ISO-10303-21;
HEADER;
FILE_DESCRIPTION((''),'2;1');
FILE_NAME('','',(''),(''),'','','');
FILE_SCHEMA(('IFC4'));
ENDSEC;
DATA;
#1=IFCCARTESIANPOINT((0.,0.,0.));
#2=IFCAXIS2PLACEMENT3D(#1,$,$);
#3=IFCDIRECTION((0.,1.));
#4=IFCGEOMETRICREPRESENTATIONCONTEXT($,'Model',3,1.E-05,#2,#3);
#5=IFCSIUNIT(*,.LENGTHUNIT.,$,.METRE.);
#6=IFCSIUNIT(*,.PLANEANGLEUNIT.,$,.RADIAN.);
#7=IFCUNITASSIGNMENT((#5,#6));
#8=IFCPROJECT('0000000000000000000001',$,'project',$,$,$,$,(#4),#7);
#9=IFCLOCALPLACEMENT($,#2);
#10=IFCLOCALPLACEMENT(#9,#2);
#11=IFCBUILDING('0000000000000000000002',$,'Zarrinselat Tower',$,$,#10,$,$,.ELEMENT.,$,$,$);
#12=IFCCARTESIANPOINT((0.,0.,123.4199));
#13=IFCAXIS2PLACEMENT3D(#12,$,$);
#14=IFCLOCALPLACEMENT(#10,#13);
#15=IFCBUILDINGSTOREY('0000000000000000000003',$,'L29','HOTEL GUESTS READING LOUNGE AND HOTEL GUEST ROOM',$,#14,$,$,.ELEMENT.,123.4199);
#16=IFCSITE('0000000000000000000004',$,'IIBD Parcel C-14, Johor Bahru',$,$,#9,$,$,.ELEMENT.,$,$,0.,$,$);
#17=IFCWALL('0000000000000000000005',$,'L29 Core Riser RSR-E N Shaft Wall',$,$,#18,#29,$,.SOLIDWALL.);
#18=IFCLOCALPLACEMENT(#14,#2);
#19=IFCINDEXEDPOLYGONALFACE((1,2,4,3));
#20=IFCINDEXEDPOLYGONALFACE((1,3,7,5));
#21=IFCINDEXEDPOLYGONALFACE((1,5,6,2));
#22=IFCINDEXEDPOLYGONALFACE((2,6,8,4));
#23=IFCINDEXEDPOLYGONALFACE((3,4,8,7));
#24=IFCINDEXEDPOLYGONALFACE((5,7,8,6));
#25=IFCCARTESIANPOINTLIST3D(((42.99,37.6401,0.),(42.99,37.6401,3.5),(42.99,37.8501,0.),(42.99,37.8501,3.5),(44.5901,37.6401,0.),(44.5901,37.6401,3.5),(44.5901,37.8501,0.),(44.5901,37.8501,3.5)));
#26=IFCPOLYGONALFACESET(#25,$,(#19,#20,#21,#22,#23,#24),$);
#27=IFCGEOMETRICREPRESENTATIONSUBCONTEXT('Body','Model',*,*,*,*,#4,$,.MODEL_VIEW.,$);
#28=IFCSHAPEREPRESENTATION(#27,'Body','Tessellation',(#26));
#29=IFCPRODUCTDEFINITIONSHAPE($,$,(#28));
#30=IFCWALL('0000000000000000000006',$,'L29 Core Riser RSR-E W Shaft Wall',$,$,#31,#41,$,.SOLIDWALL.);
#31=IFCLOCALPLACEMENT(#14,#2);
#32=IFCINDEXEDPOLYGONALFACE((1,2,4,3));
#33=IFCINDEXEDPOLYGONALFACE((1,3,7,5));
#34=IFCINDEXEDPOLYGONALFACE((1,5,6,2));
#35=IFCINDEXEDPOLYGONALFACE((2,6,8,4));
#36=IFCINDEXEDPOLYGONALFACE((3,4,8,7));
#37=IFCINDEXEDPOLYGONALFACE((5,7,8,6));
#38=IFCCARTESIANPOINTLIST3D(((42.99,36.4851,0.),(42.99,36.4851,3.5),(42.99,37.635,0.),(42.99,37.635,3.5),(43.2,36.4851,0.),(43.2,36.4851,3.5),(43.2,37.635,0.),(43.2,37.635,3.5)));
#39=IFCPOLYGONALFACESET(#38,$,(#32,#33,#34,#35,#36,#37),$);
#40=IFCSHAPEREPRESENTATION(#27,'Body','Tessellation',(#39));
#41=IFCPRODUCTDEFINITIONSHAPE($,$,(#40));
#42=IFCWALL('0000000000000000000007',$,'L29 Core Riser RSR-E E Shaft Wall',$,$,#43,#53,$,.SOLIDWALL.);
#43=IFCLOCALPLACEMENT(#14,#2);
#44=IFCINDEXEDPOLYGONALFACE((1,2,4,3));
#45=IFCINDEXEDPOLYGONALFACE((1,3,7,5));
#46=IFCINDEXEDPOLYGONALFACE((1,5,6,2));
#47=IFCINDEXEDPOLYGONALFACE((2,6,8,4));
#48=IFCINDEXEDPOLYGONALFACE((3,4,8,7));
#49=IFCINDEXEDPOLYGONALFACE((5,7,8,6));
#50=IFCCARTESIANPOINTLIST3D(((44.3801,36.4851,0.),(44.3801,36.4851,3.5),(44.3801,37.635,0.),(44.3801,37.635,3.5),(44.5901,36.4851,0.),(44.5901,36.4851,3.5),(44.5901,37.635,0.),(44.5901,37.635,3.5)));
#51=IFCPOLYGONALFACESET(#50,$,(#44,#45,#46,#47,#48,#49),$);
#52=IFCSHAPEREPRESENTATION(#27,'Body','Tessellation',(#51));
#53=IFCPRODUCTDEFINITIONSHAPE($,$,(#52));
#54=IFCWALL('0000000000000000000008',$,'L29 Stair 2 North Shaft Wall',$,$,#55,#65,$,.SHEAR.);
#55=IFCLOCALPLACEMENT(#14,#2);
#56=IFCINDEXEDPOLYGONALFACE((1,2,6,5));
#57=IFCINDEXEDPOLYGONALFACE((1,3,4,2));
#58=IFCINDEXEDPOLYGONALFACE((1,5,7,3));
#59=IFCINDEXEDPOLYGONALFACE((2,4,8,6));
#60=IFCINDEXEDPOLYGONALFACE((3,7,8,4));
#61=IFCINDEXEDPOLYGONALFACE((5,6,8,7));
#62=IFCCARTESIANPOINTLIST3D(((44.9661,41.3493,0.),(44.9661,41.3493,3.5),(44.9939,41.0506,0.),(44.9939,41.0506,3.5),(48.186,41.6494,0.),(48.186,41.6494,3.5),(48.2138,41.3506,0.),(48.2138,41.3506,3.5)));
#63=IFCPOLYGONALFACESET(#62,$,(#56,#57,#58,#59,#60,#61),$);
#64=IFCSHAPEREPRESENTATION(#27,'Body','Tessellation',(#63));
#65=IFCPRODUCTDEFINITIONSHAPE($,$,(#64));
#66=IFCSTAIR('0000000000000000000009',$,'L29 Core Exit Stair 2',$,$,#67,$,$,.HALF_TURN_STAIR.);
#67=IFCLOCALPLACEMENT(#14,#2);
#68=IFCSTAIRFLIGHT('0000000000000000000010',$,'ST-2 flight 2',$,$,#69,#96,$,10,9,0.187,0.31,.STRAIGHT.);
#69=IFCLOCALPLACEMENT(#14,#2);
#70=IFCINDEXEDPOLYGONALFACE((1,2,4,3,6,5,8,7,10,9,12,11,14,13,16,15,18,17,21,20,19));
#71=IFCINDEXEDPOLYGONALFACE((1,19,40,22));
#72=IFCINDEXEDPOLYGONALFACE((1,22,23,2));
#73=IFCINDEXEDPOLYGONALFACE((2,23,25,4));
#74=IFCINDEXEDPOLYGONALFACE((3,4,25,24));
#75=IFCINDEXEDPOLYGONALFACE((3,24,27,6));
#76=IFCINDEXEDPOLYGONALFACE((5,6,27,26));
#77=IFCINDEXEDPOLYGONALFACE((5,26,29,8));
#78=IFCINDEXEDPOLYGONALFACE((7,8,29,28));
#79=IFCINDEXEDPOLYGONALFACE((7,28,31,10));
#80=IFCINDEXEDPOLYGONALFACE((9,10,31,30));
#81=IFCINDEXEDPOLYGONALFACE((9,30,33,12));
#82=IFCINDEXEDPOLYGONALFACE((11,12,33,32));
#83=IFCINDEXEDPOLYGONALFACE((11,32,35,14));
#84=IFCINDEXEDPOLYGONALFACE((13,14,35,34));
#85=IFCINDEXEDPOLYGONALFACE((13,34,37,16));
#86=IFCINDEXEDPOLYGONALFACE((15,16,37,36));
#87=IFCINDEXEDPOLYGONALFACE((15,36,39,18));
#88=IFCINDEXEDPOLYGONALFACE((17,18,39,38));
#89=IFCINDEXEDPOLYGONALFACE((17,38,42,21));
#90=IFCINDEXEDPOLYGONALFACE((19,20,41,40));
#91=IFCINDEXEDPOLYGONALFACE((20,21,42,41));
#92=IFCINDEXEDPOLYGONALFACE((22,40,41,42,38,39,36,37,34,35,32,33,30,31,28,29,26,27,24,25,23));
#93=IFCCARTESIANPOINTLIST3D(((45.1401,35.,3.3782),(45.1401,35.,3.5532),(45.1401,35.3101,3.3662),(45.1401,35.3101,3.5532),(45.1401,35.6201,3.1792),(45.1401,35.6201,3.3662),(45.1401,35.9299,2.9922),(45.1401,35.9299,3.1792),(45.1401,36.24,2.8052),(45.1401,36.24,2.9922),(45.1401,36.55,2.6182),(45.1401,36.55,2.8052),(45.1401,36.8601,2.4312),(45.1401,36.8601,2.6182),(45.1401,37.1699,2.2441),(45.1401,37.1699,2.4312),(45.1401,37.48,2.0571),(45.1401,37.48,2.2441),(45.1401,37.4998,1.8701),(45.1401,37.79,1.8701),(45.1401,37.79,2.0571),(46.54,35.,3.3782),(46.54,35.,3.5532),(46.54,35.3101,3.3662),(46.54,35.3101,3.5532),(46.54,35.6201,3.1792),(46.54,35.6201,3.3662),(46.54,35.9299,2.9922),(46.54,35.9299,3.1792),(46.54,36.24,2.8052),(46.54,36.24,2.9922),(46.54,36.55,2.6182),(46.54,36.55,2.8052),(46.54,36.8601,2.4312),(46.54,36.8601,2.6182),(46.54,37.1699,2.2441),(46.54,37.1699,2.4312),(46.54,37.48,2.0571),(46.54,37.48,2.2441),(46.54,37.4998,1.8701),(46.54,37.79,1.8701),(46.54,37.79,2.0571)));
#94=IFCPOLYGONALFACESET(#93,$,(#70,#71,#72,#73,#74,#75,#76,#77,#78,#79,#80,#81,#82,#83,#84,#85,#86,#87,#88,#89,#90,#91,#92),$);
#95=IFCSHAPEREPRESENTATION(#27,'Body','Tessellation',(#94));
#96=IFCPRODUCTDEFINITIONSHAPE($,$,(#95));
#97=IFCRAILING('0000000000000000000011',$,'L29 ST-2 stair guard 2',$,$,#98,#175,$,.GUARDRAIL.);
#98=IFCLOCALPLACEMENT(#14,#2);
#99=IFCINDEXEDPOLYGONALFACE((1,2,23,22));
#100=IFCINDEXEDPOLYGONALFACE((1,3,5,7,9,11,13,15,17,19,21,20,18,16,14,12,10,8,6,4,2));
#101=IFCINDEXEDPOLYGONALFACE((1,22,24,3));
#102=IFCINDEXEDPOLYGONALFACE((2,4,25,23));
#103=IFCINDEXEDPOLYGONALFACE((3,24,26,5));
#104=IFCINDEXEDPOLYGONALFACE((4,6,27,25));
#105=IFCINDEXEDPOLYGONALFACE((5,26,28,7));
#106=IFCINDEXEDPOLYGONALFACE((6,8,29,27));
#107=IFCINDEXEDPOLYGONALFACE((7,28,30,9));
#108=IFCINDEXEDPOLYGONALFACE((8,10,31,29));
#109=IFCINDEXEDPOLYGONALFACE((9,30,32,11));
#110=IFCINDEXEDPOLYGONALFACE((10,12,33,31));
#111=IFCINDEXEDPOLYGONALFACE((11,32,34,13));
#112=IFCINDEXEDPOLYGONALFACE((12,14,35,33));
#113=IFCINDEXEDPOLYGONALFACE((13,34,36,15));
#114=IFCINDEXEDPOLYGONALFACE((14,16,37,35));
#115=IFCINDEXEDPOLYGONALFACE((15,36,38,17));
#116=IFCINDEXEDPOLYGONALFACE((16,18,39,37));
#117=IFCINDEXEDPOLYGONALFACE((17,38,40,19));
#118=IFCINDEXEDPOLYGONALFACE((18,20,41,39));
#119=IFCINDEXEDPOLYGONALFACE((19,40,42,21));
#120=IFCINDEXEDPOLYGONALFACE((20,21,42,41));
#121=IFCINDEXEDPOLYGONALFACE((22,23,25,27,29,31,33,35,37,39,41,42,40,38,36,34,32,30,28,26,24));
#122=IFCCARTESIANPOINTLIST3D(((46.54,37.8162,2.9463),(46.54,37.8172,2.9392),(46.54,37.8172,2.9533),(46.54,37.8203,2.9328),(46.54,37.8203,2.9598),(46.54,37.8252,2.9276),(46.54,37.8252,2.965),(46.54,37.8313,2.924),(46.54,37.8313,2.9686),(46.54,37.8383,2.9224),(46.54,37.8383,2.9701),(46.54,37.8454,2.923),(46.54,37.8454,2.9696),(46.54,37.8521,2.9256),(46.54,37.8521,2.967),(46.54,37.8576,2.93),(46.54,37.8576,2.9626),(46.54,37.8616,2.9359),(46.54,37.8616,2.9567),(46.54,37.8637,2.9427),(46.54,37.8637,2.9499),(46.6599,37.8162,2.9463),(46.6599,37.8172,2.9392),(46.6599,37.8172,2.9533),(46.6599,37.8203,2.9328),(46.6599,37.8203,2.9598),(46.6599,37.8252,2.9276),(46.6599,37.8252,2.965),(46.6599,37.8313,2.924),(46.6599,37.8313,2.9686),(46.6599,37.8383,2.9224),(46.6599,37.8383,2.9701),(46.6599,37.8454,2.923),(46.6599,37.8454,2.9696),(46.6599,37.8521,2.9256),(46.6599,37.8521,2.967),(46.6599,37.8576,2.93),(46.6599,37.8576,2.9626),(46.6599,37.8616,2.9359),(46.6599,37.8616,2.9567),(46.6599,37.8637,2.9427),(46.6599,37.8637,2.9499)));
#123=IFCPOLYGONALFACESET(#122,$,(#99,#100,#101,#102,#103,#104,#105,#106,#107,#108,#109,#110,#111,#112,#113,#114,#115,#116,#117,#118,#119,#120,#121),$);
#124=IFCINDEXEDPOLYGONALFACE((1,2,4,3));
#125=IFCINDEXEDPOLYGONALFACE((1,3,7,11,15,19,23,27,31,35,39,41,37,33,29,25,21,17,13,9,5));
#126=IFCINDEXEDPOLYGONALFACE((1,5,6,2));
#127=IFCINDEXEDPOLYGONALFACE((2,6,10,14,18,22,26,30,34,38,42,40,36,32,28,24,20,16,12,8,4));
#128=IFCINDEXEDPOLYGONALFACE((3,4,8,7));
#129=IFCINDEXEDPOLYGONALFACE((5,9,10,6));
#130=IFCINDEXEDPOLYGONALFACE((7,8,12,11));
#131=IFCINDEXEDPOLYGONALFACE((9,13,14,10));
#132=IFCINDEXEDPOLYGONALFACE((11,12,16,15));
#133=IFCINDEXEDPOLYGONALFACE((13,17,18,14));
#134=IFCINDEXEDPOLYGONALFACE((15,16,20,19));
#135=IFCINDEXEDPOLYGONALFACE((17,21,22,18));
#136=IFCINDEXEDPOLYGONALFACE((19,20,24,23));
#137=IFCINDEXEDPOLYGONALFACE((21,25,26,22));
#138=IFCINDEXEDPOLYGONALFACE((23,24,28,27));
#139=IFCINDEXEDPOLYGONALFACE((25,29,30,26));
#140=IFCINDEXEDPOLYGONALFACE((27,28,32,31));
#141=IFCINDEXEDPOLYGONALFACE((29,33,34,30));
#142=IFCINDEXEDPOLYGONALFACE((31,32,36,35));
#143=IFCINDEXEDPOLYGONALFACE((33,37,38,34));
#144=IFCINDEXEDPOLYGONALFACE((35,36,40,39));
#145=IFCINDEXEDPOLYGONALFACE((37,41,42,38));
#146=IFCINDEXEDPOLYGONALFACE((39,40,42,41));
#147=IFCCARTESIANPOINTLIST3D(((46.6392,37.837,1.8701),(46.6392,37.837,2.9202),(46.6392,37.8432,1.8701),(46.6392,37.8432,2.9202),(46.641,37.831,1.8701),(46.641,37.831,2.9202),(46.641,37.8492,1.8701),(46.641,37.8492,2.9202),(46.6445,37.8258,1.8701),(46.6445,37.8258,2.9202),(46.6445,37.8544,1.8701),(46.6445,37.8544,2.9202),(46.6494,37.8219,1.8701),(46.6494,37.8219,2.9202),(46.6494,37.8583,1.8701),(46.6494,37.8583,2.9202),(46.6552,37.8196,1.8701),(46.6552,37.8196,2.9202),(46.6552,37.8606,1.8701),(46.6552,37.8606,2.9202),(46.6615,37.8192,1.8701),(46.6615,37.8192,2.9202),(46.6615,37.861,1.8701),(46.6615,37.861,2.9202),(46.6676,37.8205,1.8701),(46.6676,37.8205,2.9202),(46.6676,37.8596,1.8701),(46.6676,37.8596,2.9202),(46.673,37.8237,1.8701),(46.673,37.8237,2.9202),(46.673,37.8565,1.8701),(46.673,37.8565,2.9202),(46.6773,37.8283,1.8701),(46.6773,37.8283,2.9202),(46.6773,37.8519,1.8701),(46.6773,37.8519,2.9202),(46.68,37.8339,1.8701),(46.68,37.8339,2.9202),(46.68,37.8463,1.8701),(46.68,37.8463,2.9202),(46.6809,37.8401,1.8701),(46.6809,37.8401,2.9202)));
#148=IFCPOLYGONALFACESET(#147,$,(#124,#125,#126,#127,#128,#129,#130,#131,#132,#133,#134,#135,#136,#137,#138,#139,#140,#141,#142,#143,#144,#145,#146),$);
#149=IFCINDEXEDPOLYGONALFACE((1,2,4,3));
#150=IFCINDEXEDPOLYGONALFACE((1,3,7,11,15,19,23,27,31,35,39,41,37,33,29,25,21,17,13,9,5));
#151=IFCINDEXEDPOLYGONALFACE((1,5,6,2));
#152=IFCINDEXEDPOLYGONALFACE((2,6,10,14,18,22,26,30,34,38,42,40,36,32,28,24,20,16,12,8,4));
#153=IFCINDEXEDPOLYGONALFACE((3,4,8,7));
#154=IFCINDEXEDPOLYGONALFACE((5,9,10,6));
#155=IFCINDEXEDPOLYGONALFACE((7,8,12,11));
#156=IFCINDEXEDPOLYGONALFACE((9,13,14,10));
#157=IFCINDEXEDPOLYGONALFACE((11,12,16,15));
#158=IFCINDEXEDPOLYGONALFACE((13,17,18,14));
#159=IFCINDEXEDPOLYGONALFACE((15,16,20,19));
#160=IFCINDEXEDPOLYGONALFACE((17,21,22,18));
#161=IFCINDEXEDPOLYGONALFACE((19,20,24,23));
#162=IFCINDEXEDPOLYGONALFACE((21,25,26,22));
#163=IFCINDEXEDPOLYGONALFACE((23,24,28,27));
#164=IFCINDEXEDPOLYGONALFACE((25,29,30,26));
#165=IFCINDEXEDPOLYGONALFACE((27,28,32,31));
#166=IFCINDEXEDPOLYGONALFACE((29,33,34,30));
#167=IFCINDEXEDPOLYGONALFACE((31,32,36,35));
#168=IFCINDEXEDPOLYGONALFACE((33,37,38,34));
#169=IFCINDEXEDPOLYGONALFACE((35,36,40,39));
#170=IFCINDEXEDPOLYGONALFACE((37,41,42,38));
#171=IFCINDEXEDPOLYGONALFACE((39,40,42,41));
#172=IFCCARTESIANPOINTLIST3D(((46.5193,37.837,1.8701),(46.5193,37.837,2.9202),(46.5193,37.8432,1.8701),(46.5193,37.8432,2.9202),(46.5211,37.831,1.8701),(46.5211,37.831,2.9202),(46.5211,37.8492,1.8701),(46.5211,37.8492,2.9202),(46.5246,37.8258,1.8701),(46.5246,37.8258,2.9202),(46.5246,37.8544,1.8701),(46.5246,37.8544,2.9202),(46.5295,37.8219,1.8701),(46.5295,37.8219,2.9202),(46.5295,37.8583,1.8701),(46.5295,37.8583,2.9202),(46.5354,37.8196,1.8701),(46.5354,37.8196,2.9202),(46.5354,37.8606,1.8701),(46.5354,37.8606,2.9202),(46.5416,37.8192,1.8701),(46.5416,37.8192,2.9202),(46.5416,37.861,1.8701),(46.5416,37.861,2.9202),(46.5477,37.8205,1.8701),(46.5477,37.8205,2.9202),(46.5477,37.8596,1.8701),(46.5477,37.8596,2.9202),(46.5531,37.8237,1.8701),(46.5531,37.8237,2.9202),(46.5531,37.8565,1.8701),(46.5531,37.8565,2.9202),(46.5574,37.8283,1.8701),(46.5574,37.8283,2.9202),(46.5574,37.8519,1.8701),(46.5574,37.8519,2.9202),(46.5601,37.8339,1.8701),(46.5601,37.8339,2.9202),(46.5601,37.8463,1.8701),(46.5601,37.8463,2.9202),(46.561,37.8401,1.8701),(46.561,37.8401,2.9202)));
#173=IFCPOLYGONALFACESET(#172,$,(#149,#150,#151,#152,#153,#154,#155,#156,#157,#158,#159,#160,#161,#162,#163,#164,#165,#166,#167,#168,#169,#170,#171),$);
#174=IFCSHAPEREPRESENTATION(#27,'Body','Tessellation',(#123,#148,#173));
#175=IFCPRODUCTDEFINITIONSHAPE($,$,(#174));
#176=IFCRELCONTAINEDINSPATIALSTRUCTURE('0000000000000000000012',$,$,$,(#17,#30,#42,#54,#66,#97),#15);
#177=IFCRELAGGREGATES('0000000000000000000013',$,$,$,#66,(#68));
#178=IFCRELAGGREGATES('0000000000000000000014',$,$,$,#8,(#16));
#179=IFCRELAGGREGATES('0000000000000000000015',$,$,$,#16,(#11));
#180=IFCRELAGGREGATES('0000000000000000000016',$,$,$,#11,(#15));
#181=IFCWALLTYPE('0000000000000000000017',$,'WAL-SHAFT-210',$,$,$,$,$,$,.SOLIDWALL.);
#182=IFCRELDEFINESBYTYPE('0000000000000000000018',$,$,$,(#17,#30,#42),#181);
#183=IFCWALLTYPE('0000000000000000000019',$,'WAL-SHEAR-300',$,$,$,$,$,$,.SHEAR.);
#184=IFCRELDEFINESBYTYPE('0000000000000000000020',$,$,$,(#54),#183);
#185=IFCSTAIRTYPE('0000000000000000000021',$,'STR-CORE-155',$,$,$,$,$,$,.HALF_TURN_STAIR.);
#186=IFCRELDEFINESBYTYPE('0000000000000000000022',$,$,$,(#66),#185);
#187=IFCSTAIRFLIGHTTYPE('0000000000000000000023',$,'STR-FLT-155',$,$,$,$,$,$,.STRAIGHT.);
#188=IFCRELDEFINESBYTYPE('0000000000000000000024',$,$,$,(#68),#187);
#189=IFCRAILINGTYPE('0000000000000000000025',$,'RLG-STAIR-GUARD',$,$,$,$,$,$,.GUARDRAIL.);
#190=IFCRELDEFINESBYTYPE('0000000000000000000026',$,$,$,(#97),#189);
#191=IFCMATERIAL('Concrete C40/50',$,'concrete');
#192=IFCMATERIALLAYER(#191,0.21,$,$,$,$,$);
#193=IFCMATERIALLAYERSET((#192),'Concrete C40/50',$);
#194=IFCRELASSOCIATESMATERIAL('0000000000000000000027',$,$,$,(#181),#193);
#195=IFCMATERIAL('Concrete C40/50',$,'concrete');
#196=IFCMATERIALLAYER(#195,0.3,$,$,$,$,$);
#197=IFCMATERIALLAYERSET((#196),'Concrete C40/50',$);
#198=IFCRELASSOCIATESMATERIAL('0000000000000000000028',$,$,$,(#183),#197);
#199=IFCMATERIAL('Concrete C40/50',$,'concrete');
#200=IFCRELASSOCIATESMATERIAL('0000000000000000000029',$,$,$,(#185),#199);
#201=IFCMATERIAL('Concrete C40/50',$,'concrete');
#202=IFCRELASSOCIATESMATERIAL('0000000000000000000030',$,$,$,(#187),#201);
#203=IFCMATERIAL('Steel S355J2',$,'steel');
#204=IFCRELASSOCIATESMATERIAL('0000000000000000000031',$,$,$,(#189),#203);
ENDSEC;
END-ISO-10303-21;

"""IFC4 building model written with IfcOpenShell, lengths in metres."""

from ifc_helpers import new_model, si_unit, direction, frame, frame_2d, origin, origin_2d, place, context, subcontext, project, spatial, polyline, rectangle, circle, outline, extrude, material, layer, layer_set, type_object, element, aggregate, save


model = new_model("IFC4")

# Units and contexts
model_context = context("Model", 3, precision=1e-05, world=origin(), true_north=direction((0.0, 1.0)))
body_context = subcontext(model_context, "Body", "Model", "MODEL_VIEW")
ifc_project = project(units=[si_unit("LENGTHUNIT", "METRE"), si_unit("PLANEANGLEUNIT", "RADIAN")], contexts=[model_context])

# Site, building, storey
site_placement = place(None, origin())
site = spatial("IfcSite", under=ifc_project, at=site_placement, Name="IIBD Parcel C-14, Johor Bahru", CompositionType="ELEMENT", RefElevation=0.0)
building_placement = place(site_placement, origin())
building = spatial("IfcBuilding", under=site, at=building_placement, Name="Zarrinselat Tower", CompositionType="ELEMENT")
storey_placement = place(building_placement, frame((0.0, 0.0, 123.4199)))
storey = spatial("IfcBuildingStorey", under=building, at=storey_placement, Name="L29", Description="HOTEL GUESTS READING LOUNGE AND HOTEL GUEST ROOM", CompositionType="ELEMENT", Elevation=123.4199)

# Walls
ifc_material_1 = material(Name="Concrete C40/50", Category="concrete")
ifc_layer_1 = layer(ifc_material_1, 0.21)
ifc_layer_set_1 = layer_set([ifc_layer_1], Name="Concrete C40/50")
wall_type_1 = type_object("IfcWallType", Name="WAL-SHAFT-210", PredefinedType="SOLIDWALL", material=ifc_layer_set_1)
for number, where, z_axis, x_axis, name in (
    (1, (42.99, 37.7451, 0.0), (0.0, 0.0, 1.0), (1.0, 0.0, 0.0), "L29 Core Riser RSR-E N Shaft Wall"),
):
    element("IfcWall", number, at=place(storey_placement, frame(where, z_axis=z_axis, x_axis=x_axis)), inside=storey, type_object=wall_type_1, Name=name, PredefinedType="SOLIDWALL", context=body_context, shape_type="SweptSolid", body=[
        extrude(rectangle(XDim=1.6001, YDim=0.21, at=frame_2d((0.8, 0.0))), origin(), (0.0, 0.0, 1.0), 3.5),
    ])
for number, where, z_axis, x_axis, name in (
    (2, (43.095, 36.4851, 0.0), (0.0, 0.0, 1.0), (0.0, 1.0, 0.0), "L29 Core Riser RSR-E W Shaft Wall"),
    (3, (44.4851, 36.4851, 0.0), (0.0, 0.0, 1.0), (0.0, 1.0, 0.0), "L29 Core Riser RSR-E E Shaft Wall"),
):
    element("IfcWall", number, at=place(storey_placement, frame(where, z_axis=z_axis, x_axis=x_axis)), inside=storey, type_object=wall_type_1, Name=name, PredefinedType="SOLIDWALL", context=body_context, shape_type="SweptSolid", body=[
        extrude(rectangle(XDim=1.1499, YDim=0.21, at=frame_2d((0.575, 0.0))), origin(), (0.0, 0.0, 1.0), 3.5),
    ])
ifc_material_2 = material(Name="Concrete C40/50", Category="concrete")
ifc_layer_2 = layer(ifc_material_2, 0.3)
ifc_layer_set_2 = layer_set([ifc_layer_2], Name="Concrete C40/50")
wall_type_2 = type_object("IfcWallType", Name="WAL-SHEAR-300", PredefinedType="SHEAR", material=ifc_layer_set_2)
wall_1_placement = place(storey_placement, frame((44.98, 41.2, 0.0), z_axis=(0.0, 0.0, 1.0), x_axis=(0.995686, 0.092782, 0.0)))
element("IfcWall", 4, at=wall_1_placement, inside=storey, type_object=wall_type_2, Name="L29 Stair 2 North Shaft Wall", PredefinedType="SHEAR", context=body_context, shape_type="SweptSolid", body=[
    extrude(rectangle(XDim=3.2339, YDim=0.3, at=frame_2d((1.6169, 0.0))), origin(), (0.0, 0.0, 1.0), 3.5),
])

# Stair, stair flight
ifc_material_3 = material(Name="Concrete C40/50", Category="concrete")
stair_type = type_object("IfcStairType", Name="STR-CORE-155", PredefinedType="HALF_TURN_STAIR", material=ifc_material_3)
stair_placement = place(storey_placement, origin())
stair = element("IfcStair", 5, at=stair_placement, inside=storey, type_object=stair_type, Name="L29 Core Exit Stair 2", PredefinedType="HALF_TURN_STAIR")
ifc_material_4 = material(Name="Concrete C40/50", Category="concrete")
stair_flight_type = type_object("IfcStairFlightType", Name="STR-FLT-155", PredefinedType="STRAIGHT", material=ifc_material_4)
stair_flight_placement = place(storey_placement, frame((45.8401, 37.79, 1.8701), z_axis=(0.0, 0.0, 1.0), x_axis=(0.0, -1.0, 0.0)))
stair_flight = element("IfcStairFlight", 6, at=stair_flight_placement, type_object=stair_flight_type, Name="ST-2 flight 2", NumberOfRisers=10, NumberOfTreads=9, PredefinedType="STRAIGHT", RiserHeight=0.187, TreadLength=0.31, context=body_context, shape_type="SweptSolid", body=[
    extrude(outline(polyline([(0.0, 0.0), (0.0, 0.187), (0.3101, 0.187), (0.3101, 0.374), (0.6201, 0.374), (0.6201, 0.561), (0.9299, 0.561), (0.9299, 0.748), (1.24, 0.748), (1.24, 0.9351), (1.55, 0.9351), (1.55, 1.1221), (1.8601, 1.1221), (1.8601, 1.3091), (2.1699, 1.3091), (2.1699, 1.4961), (2.48, 1.4961), (2.48, 1.6831), (2.79, 1.6831), (2.79, 1.8701), (2.79, 1.5081), (0.2903, 0.0), (0.0, 0.0)])), frame((0.0, 0.7, 0.0), z_axis=(0.0, -1.0, 0.0), x_axis=(1.0, 0.0, 0.0)), (0.0, 0.0, 1.0), 1.3999),
])
aggregate(stair, [stair_flight])

# Railing
ifc_material_5 = material(Name="Steel S355J2", Category="steel")
railing_type_1 = type_object("IfcRailingType", Name="RLG-STAIR-GUARD", PredefinedType="GUARDRAIL", material=ifc_material_5)
railing_1_placement = place(storey_placement, frame((46.6599, 37.8401, 1.8701)))
element("IfcRailing", 7, at=railing_1_placement, inside=storey, type_object=railing_type_1, Name="L29 ST-2 stair guard 2", PredefinedType="GUARDRAIL", context=body_context, shape_type="SweptSolid", body=[
    extrude(circle(Radius=0.0239, at=origin_2d()), frame((0.0, 0.0, 1.0762), z_axis=(-1.0, 0.0, 0.0), x_axis=(0.0, -1.0, 0.0)), (0.0, 0.0, 1.0), 0.1199),
    extrude(circle(Radius=0.021, at=origin_2d()), origin(), (0.0, 0.0, 1.0), 1.05),
    extrude(circle(Radius=0.021, at=origin_2d()), frame((-0.1199, 0.0, 0.0)), (0.0, 0.0, 1.0), 1.05),
])

save(model, "model.ifc")
